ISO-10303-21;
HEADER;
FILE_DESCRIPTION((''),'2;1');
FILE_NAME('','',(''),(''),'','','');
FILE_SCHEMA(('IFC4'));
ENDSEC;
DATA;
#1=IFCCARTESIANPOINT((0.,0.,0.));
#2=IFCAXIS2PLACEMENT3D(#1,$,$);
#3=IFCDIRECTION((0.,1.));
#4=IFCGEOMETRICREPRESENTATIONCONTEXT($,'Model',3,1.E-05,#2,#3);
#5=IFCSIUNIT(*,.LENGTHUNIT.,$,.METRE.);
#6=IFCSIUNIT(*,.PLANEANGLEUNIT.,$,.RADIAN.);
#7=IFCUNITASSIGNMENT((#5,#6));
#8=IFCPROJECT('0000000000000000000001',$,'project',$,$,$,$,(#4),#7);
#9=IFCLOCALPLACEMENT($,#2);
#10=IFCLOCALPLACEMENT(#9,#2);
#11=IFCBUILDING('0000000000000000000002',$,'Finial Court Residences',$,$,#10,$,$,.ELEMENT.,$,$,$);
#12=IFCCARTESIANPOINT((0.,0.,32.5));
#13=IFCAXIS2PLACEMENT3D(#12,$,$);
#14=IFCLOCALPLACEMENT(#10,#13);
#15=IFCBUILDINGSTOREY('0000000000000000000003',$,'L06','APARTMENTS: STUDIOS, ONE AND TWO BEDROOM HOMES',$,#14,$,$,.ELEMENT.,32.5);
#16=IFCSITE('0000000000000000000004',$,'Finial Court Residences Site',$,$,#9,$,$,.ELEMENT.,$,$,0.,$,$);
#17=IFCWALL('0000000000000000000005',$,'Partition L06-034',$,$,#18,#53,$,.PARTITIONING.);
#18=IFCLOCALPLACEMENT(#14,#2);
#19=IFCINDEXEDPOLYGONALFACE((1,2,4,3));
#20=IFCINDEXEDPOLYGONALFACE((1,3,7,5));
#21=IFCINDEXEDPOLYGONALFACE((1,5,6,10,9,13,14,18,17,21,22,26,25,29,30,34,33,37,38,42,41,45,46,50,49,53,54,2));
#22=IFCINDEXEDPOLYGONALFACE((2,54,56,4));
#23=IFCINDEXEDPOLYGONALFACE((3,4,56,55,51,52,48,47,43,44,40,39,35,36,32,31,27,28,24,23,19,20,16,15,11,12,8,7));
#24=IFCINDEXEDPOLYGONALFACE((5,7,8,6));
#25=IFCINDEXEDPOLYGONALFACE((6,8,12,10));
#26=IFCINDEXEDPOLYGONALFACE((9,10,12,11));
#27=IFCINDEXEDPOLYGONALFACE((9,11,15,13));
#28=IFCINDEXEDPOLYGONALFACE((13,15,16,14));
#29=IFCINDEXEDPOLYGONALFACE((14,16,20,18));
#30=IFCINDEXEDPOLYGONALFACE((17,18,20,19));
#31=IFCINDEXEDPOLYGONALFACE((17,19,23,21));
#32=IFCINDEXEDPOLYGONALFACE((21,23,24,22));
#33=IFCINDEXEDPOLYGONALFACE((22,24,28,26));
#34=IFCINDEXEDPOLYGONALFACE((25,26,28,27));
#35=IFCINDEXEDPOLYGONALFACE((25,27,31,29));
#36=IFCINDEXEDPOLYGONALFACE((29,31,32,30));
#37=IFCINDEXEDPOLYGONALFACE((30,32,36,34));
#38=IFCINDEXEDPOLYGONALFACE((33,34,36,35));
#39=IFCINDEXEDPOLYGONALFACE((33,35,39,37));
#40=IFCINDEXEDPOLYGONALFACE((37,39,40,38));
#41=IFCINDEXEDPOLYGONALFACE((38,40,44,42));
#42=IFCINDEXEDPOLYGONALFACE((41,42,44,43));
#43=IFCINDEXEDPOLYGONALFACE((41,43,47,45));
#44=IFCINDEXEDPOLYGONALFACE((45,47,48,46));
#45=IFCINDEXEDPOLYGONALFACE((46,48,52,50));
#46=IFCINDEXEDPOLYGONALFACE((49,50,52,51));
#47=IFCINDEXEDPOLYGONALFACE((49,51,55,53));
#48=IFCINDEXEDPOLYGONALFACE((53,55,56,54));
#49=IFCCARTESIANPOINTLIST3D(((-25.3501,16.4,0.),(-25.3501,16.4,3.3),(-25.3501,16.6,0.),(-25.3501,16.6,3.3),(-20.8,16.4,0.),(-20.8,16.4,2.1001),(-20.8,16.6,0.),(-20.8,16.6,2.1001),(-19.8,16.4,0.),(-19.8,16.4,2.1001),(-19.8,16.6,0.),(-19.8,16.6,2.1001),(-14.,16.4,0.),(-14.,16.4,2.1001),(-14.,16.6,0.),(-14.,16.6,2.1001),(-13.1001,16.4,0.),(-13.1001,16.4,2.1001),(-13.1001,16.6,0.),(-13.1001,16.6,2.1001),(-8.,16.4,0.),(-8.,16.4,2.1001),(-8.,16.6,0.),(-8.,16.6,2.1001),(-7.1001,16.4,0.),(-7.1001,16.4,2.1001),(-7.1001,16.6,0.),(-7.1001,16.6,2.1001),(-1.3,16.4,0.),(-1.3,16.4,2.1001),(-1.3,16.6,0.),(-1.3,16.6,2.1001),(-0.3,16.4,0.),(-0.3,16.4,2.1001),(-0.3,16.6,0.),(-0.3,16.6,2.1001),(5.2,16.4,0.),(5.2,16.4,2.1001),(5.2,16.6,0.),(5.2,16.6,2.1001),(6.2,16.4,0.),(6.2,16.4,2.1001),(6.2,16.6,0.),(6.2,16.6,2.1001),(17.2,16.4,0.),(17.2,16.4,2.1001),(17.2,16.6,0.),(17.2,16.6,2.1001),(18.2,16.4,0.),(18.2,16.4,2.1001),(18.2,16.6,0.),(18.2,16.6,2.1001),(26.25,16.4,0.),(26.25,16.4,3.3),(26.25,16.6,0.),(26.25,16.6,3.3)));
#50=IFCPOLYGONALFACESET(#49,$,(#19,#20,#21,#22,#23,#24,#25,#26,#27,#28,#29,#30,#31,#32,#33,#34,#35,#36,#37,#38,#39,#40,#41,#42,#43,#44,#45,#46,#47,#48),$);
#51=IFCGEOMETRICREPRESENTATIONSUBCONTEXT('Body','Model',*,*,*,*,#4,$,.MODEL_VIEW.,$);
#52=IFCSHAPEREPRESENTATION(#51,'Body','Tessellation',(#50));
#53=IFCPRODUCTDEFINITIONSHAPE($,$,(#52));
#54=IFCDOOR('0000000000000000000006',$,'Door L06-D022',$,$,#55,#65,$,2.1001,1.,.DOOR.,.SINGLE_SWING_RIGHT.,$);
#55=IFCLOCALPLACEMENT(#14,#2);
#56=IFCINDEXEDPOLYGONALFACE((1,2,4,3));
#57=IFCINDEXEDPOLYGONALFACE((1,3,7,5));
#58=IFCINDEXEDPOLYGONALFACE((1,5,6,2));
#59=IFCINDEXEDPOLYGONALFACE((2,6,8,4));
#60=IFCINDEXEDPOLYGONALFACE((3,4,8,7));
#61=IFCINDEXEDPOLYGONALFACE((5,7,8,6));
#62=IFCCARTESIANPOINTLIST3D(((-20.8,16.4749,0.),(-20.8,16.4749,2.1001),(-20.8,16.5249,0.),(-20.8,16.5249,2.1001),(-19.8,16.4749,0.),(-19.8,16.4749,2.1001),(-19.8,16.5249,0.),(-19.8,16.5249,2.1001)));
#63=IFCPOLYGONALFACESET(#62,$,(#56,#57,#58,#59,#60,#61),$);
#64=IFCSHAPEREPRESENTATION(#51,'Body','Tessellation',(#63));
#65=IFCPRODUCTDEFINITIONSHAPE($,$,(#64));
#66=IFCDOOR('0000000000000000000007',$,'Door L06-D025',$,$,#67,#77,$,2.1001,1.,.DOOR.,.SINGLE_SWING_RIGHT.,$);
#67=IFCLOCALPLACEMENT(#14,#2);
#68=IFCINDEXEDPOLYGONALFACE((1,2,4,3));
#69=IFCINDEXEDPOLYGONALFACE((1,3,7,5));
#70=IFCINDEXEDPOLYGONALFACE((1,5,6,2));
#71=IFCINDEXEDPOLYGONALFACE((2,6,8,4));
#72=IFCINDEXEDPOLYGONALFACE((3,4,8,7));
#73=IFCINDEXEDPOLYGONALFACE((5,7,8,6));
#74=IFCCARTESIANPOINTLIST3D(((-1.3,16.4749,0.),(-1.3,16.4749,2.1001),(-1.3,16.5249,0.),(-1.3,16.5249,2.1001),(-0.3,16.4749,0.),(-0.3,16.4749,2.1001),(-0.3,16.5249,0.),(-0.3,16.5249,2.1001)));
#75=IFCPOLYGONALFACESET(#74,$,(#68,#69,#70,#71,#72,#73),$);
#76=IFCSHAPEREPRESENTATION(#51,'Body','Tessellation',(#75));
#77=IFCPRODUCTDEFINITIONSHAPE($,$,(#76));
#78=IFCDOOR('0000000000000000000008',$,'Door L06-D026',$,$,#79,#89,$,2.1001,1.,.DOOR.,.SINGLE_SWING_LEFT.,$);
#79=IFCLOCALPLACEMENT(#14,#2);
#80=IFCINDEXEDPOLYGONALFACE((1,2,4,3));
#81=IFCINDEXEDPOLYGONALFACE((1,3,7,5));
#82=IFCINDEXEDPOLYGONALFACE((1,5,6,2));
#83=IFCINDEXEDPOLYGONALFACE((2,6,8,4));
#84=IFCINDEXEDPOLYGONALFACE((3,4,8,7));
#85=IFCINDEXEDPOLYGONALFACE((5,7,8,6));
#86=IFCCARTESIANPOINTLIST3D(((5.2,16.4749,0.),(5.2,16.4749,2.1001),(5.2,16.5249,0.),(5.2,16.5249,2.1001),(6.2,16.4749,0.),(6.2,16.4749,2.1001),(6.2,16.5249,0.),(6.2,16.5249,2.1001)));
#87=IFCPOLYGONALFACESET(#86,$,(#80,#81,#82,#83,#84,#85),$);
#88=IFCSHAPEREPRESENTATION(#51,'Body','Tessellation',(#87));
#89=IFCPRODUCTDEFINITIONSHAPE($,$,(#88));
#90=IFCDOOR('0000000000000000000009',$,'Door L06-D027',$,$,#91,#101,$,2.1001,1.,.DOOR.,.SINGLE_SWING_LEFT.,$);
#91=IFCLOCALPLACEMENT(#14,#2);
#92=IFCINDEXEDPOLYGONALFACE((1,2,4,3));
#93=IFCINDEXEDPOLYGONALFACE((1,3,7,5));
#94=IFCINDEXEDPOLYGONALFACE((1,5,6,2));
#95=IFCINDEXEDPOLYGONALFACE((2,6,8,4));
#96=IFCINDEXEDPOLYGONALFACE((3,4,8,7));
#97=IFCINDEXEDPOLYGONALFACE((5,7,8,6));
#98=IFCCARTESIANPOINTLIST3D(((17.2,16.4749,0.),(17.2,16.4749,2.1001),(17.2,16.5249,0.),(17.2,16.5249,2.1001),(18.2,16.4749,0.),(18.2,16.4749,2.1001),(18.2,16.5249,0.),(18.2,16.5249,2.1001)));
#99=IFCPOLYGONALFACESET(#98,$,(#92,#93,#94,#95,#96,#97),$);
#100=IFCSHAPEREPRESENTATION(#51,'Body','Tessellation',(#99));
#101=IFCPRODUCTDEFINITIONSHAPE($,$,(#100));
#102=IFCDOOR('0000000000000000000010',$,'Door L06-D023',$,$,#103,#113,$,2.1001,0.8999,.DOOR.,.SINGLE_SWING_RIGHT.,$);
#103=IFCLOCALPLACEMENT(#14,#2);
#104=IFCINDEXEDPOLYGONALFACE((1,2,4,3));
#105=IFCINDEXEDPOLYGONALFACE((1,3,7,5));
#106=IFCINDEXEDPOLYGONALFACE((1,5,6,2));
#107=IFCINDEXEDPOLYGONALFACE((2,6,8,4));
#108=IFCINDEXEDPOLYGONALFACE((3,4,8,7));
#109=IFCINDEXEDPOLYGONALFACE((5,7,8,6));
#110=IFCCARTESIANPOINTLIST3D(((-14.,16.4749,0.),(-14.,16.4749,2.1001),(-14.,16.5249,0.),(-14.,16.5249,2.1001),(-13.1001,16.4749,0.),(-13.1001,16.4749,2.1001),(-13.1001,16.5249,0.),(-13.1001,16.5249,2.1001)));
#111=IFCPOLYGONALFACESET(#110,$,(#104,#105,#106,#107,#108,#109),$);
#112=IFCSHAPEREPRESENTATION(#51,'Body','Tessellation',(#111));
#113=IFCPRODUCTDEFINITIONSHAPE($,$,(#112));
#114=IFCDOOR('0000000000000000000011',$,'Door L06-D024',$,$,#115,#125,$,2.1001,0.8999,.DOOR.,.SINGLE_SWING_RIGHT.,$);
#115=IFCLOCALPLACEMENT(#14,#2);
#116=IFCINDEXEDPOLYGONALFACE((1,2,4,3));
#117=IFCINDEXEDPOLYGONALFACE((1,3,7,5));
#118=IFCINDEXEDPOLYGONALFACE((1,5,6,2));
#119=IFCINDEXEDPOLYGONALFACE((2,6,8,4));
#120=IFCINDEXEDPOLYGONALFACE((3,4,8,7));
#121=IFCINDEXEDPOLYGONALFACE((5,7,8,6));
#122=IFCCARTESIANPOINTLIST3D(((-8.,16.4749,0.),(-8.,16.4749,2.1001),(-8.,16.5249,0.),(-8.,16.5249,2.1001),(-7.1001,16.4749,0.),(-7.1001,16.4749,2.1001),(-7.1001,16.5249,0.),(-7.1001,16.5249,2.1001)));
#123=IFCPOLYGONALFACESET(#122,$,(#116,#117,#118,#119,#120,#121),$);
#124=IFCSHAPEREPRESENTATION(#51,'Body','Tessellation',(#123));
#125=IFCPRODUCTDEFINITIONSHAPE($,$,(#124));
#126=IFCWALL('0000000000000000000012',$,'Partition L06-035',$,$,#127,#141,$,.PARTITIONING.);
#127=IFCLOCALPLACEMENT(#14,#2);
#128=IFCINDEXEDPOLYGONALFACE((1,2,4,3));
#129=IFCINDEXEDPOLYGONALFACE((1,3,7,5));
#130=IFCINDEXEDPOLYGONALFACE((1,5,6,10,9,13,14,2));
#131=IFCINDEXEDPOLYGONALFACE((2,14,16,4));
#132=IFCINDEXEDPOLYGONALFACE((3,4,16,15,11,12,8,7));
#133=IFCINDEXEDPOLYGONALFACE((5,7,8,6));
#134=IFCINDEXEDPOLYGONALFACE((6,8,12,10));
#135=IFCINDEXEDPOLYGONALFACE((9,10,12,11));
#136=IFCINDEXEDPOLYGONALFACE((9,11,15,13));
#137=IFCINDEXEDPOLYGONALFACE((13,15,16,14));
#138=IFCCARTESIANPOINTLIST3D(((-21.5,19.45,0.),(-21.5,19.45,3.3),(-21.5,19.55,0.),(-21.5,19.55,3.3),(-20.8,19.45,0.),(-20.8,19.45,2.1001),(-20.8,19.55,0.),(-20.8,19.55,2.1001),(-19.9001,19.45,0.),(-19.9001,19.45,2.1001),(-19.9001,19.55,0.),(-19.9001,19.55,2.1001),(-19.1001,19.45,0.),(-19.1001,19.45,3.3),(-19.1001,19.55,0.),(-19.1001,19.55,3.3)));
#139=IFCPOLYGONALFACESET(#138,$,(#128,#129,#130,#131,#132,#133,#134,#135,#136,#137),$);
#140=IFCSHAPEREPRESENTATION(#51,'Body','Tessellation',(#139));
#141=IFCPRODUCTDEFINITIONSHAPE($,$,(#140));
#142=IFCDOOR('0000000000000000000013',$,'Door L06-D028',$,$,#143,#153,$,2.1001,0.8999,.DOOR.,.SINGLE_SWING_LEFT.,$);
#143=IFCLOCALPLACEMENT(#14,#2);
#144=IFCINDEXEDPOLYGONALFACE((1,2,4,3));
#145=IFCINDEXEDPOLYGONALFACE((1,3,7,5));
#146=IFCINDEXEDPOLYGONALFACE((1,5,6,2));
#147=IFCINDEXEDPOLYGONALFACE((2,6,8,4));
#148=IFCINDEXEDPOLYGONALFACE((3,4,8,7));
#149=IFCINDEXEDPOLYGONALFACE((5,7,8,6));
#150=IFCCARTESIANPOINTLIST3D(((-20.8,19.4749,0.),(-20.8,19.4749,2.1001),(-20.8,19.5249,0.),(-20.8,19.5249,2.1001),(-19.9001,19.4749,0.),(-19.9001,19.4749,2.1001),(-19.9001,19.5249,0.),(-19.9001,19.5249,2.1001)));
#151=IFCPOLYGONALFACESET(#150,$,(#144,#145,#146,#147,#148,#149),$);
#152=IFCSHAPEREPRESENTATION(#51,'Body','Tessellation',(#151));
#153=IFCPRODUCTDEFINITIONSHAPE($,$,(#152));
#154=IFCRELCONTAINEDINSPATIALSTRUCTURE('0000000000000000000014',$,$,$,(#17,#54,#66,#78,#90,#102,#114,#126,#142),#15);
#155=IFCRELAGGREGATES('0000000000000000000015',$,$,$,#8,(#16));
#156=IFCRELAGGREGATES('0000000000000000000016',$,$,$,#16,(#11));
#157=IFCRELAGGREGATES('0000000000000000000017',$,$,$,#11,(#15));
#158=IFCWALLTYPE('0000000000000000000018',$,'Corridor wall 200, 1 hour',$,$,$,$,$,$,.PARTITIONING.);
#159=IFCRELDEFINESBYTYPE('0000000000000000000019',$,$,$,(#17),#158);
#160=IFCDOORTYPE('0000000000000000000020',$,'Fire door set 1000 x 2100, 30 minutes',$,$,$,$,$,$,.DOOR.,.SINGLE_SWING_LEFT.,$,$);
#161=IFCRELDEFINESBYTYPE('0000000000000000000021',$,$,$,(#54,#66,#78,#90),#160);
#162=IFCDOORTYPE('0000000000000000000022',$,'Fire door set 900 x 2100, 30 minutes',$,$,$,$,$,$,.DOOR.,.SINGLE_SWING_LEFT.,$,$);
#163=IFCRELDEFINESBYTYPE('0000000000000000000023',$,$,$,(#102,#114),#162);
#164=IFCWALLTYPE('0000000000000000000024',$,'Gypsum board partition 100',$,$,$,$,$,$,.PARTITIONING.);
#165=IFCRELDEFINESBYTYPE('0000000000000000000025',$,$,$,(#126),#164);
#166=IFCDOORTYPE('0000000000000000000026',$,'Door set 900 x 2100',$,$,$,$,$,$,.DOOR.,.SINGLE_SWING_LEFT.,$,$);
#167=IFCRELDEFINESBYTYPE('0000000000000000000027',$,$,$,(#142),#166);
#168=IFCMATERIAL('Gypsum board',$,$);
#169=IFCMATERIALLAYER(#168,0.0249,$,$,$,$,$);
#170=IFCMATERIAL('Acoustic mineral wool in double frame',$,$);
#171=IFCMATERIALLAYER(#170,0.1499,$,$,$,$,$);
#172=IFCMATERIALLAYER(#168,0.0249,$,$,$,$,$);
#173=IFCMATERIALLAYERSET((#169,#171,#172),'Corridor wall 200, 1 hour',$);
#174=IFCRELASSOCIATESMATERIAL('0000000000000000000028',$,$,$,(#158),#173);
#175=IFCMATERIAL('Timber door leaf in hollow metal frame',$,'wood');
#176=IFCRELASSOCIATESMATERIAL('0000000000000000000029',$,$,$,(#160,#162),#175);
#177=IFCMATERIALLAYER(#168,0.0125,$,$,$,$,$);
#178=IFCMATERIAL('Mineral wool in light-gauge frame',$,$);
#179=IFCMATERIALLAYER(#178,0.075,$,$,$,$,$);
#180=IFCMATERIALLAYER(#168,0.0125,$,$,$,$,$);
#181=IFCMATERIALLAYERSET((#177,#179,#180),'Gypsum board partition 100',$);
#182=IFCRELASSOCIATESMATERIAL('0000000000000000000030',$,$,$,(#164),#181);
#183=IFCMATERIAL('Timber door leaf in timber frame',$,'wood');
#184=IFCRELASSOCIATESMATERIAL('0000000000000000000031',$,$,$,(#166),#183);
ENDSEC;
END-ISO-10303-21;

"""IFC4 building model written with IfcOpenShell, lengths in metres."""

from ifc_helpers import new_model, si_unit, direction, frame, frame_2d, origin, place, context, subcontext, project, spatial, rectangle, extrude, material, layer, layer_set, type_object, element, fill, save


model = new_model("IFC4")

# Units and contexts
model_context = context("Model", 3, precision=1e-05, world=origin(), true_north=direction((0.0, 1.0)))
body_context = subcontext(model_context, "Body", "Model", "MODEL_VIEW")
ifc_project = project(units=[si_unit("LENGTHUNIT", "METRE"), si_unit("PLANEANGLEUNIT", "RADIAN")], contexts=[model_context])

# Site, building, storey
site_placement = place(None, origin())
site = spatial("IfcSite", under=ifc_project, at=site_placement, Name="Finial Court Residences Site", CompositionType="ELEMENT", RefElevation=0.0)
building_placement = place(site_placement, origin())
building = spatial("IfcBuilding", under=site, at=building_placement, Name="Finial Court Residences", CompositionType="ELEMENT")
storey_placement = place(building_placement, frame((0.0, 0.0, 32.5)))
storey = spatial("IfcBuildingStorey", under=building, at=storey_placement, Name="L06", Description="APARTMENTS: STUDIOS, ONE AND TWO BEDROOM HOMES", CompositionType="ELEMENT", Elevation=32.5)

# Wall, openings, doors
ifc_material_1 = material(Name="Gypsum board")
ifc_layer_1 = layer(ifc_material_1, 0.0249)
ifc_material_2 = material(Name="Acoustic mineral wool in double frame")
ifc_layer_2 = layer(ifc_material_2, 0.1499)
ifc_layer_3 = layer(ifc_material_1, 0.0249)
ifc_layer_set_1 = layer_set([ifc_layer_1, ifc_layer_2, ifc_layer_3], Name="Corridor wall 200, 1 hour")
wall_type_1 = type_object("IfcWallType", Name="Corridor wall 200, 1 hour", PredefinedType="PARTITIONING", material=ifc_layer_set_1)
wall_1_placement = place(storey_placement, frame((-25.3501, 16.5, 0.0), z_axis=(0.0, 0.0, 1.0), x_axis=(1.0, 0.0, 0.0)))
wall_1 = element("IfcWall", 1, at=wall_1_placement, inside=storey, type_object=wall_type_1, Name="Partition L06-034", PredefinedType="PARTITIONING", context=body_context, shape_type="SweptSolid", body=[
    extrude(rectangle(XDim=51.6001, YDim=0.2, at=frame_2d((25.8, 0.0))), origin(), (0.0, 0.0, 1.0), 3.3),
])
opening_1_placement = place(wall_1_placement, frame((4.55, 0.0, 0.0)))
opening_1 = element("IfcOpeningElement", 2, at=opening_1_placement, cuts=wall_1, PredefinedType="OPENING", context=body_context, shape_type="SweptSolid", body=[
    extrude(rectangle(XDim=1.0, YDim=2.1001, at=frame_2d((0.5, 1.05))), frame((0.0, 0.1099, 0.0), z_axis=(0.0, -1.0, 0.0), x_axis=(1.0, 0.0, 0.0)), (0.0, 0.0, 1.0), 0.22),
])
opening_2_placement = place(wall_1_placement, frame((11.3501, 0.0, 0.0)))
opening_2 = element("IfcOpeningElement", 3, at=opening_2_placement, cuts=wall_1, PredefinedType="OPENING", context=body_context, shape_type="SweptSolid", body=[
    extrude(rectangle(XDim=0.8999, YDim=2.1001, at=frame_2d((0.45, 1.05))), frame((0.0, 0.1099, 0.0), z_axis=(0.0, -1.0, 0.0), x_axis=(1.0, 0.0, 0.0)), (0.0, 0.0, 1.0), 0.22),
])
opening_3_placement = place(wall_1_placement, frame((17.3501, 0.0, 0.0)))
opening_3 = element("IfcOpeningElement", 4, at=opening_3_placement, cuts=wall_1, PredefinedType="OPENING", context=body_context, shape_type="SweptSolid", body=[
    extrude(rectangle(XDim=0.8999, YDim=2.1001, at=frame_2d((0.45, 1.05))), frame((0.0, 0.1099, 0.0), z_axis=(0.0, -1.0, 0.0), x_axis=(1.0, 0.0, 0.0)), (0.0, 0.0, 1.0), 0.22),
])
opening_4_placement = place(wall_1_placement, frame((24.05, 0.0, 0.0)))
opening_4 = element("IfcOpeningElement", 5, at=opening_4_placement, cuts=wall_1, PredefinedType="OPENING", context=body_context, shape_type="SweptSolid", body=[
    extrude(rectangle(XDim=1.0, YDim=2.1001, at=frame_2d((0.5, 1.05))), frame((0.0, 0.1099, 0.0), z_axis=(0.0, -1.0, 0.0), x_axis=(1.0, 0.0, 0.0)), (0.0, 0.0, 1.0), 0.22),
])
opening_5_placement = place(wall_1_placement, frame((30.55, 0.0, 0.0)))
opening_5 = element("IfcOpeningElement", 6, at=opening_5_placement, cuts=wall_1, PredefinedType="OPENING", context=body_context, shape_type="SweptSolid", body=[
    extrude(rectangle(XDim=1.0, YDim=2.1001, at=frame_2d((0.5, 1.05))), frame((0.0, 0.1099, 0.0), z_axis=(0.0, -1.0, 0.0), x_axis=(1.0, 0.0, 0.0)), (0.0, 0.0, 1.0), 0.22),
])
opening_6_placement = place(wall_1_placement, frame((42.55, 0.0, 0.0)))
opening_6 = element("IfcOpeningElement", 7, at=opening_6_placement, cuts=wall_1, PredefinedType="OPENING", context=body_context, shape_type="SweptSolid", body=[
    extrude(rectangle(XDim=1.0, YDim=2.1001, at=frame_2d((0.5, 1.05))), frame((0.0, 0.1099, 0.0), z_axis=(0.0, -1.0, 0.0), x_axis=(1.0, 0.0, 0.0)), (0.0, 0.0, 1.0), 0.22),
])
ifc_material_3 = material(Name="Timber door leaf in hollow metal frame", Category="wood")
door_type_1 = type_object("IfcDoorType", Name="Fire door set 1000 x 2100, 30 minutes", OperationType="SINGLE_SWING_LEFT", PredefinedType="DOOR", material=ifc_material_3)
door_1_placement = place(opening_1_placement, origin())
door_1 = element("IfcDoor", 8, at=door_1_placement, inside=storey, type_object=door_type_1, Name="Door L06-D022", OperationType="SINGLE_SWING_RIGHT", OverallHeight=2.1001, OverallWidth=1.0, PredefinedType="DOOR", context=body_context, shape_type="SweptSolid", body=[
    extrude(rectangle(XDim=1.0, YDim=2.1001, at=frame_2d((0.5, 1.05))), frame((0.0, 0.0249, 0.0), z_axis=(0.0, -1.0, 0.0), x_axis=(1.0, 0.0, 0.0)), (0.0, 0.0, 1.0), 0.05),
])
fill(opening_1, door_1)
door_2_placement = place(opening_4_placement, origin())
door_2 = element("IfcDoor", 9, at=door_2_placement, inside=storey, type_object=door_type_1, Name="Door L06-D025", OperationType="SINGLE_SWING_RIGHT", OverallHeight=2.1001, OverallWidth=1.0, PredefinedType="DOOR", context=body_context, shape_type="SweptSolid", body=[
    extrude(rectangle(XDim=1.0, YDim=2.1001, at=frame_2d((0.5, 1.05))), frame((0.0, 0.0249, 0.0), z_axis=(0.0, -1.0, 0.0), x_axis=(1.0, 0.0, 0.0)), (0.0, 0.0, 1.0), 0.05),
])
fill(opening_4, door_2)
door_3_placement = place(opening_5_placement, origin())
door_3 = element("IfcDoor", 10, at=door_3_placement, inside=storey, type_object=door_type_1, Name="Door L06-D026", OperationType="SINGLE_SWING_LEFT", OverallHeight=2.1001, OverallWidth=1.0, PredefinedType="DOOR", context=body_context, shape_type="SweptSolid", body=[
    extrude(rectangle(XDim=1.0, YDim=2.1001, at=frame_2d((0.5, 1.05))), frame((0.0, 0.0249, 0.0), z_axis=(0.0, -1.0, 0.0), x_axis=(1.0, 0.0, 0.0)), (0.0, 0.0, 1.0), 0.05),
])
fill(opening_5, door_3)
door_4_placement = place(opening_6_placement, origin())
door_4 = element("IfcDoor", 11, at=door_4_placement, inside=storey, type_object=door_type_1, Name="Door L06-D027", OperationType="SINGLE_SWING_LEFT", OverallHeight=2.1001, OverallWidth=1.0, PredefinedType="DOOR", context=body_context, shape_type="SweptSolid", body=[
    extrude(rectangle(XDim=1.0, YDim=2.1001, at=frame_2d((0.5, 1.05))), frame((0.0, 0.0249, 0.0), z_axis=(0.0, -1.0, 0.0), x_axis=(1.0, 0.0, 0.0)), (0.0, 0.0, 1.0), 0.05),
])
fill(opening_6, door_4)
door_type_2 = type_object("IfcDoorType", Name="Fire door set 900 x 2100, 30 minutes", OperationType="SINGLE_SWING_LEFT", PredefinedType="DOOR", material=ifc_material_3)
door_5_placement = place(opening_2_placement, origin())
door_5 = element("IfcDoor", 12, at=door_5_placement, inside=storey, type_object=door_type_2, Name="Door L06-D023", OperationType="SINGLE_SWING_RIGHT", OverallHeight=2.1001, OverallWidth=0.8999, PredefinedType="DOOR", context=body_context, shape_type="SweptSolid", body=[
    extrude(rectangle(XDim=0.8999, YDim=2.1001, at=frame_2d((0.45, 1.05))), frame((0.0, 0.0249, 0.0), z_axis=(0.0, -1.0, 0.0), x_axis=(1.0, 0.0, 0.0)), (0.0, 0.0, 1.0), 0.05),
])
fill(opening_2, door_5)
door_6_placement = place(opening_3_placement, origin())
door_6 = element("IfcDoor", 13, at=door_6_placement, inside=storey, type_object=door_type_2, Name="Door L06-D024", OperationType="SINGLE_SWING_RIGHT", OverallHeight=2.1001, OverallWidth=0.8999, PredefinedType="DOOR", context=body_context, shape_type="SweptSolid", body=[
    extrude(rectangle(XDim=0.8999, YDim=2.1001, at=frame_2d((0.45, 1.05))), frame((0.0, 0.0249, 0.0), z_axis=(0.0, -1.0, 0.0), x_axis=(1.0, 0.0, 0.0)), (0.0, 0.0, 1.0), 0.05),
])
fill(opening_3, door_6)

# Wall, opening, door
ifc_layer_4 = layer(ifc_material_1, 0.0125)
ifc_material_4 = material(Name="Mineral wool in light-gauge frame")
ifc_layer_5 = layer(ifc_material_4, 0.075)
ifc_layer_6 = layer(ifc_material_1, 0.0125)
ifc_layer_set_2 = layer_set([ifc_layer_4, ifc_layer_5, ifc_layer_6], Name="Gypsum board partition 100")
wall_type_2 = type_object("IfcWallType", Name="Gypsum board partition 100", PredefinedType="PARTITIONING", material=ifc_layer_set_2)
wall_2_placement = place(storey_placement, frame((-21.5, 19.5, 0.0), z_axis=(0.0, 0.0, 1.0), x_axis=(1.0, 0.0, 0.0)))
wall_2 = element("IfcWall", 14, at=wall_2_placement, inside=storey, type_object=wall_type_2, Name="Partition L06-035", PredefinedType="PARTITIONING", context=body_context, shape_type="SweptSolid", body=[
    extrude(rectangle(XDim=2.3999, YDim=0.1001, at=frame_2d((1.2, 0.0))), origin(), (0.0, 0.0, 1.0), 3.3),
])
opening_7_placement = place(wall_2_placement, frame((0.7, 0.0, 0.0)))
opening_7 = element("IfcOpeningElement", 15, at=opening_7_placement, cuts=wall_2, PredefinedType="OPENING", context=body_context, shape_type="SweptSolid", body=[
    extrude(rectangle(XDim=0.8999, YDim=2.1001, at=frame_2d((0.45, 1.05))), frame((0.0, 0.0601, 0.0), z_axis=(0.0, -1.0, 0.0), x_axis=(1.0, 0.0, 0.0)), (0.0, 0.0, 1.0), 0.1201),
])
ifc_material_5 = material(Name="Timber door leaf in timber frame", Category="wood")
door_type_3 = type_object("IfcDoorType", Name="Door set 900 x 2100", OperationType="SINGLE_SWING_LEFT", PredefinedType="DOOR", material=ifc_material_5)
door_7_placement = place(opening_7_placement, origin())
door_7 = element("IfcDoor", 16, at=door_7_placement, inside=storey, type_object=door_type_3, Name="Door L06-D028", OperationType="SINGLE_SWING_LEFT", OverallHeight=2.1001, OverallWidth=0.8999, PredefinedType="DOOR", context=body_context, shape_type="SweptSolid", body=[
    extrude(rectangle(XDim=0.8999, YDim=2.1001, at=frame_2d((0.45, 1.05))), frame((0.0, 0.0249, 0.0), z_axis=(0.0, -1.0, 0.0), x_axis=(1.0, 0.0, 0.0)), (0.0, 0.0, 1.0), 0.05),
])
fill(opening_7, door_7)

save(model, "model.ifc")
